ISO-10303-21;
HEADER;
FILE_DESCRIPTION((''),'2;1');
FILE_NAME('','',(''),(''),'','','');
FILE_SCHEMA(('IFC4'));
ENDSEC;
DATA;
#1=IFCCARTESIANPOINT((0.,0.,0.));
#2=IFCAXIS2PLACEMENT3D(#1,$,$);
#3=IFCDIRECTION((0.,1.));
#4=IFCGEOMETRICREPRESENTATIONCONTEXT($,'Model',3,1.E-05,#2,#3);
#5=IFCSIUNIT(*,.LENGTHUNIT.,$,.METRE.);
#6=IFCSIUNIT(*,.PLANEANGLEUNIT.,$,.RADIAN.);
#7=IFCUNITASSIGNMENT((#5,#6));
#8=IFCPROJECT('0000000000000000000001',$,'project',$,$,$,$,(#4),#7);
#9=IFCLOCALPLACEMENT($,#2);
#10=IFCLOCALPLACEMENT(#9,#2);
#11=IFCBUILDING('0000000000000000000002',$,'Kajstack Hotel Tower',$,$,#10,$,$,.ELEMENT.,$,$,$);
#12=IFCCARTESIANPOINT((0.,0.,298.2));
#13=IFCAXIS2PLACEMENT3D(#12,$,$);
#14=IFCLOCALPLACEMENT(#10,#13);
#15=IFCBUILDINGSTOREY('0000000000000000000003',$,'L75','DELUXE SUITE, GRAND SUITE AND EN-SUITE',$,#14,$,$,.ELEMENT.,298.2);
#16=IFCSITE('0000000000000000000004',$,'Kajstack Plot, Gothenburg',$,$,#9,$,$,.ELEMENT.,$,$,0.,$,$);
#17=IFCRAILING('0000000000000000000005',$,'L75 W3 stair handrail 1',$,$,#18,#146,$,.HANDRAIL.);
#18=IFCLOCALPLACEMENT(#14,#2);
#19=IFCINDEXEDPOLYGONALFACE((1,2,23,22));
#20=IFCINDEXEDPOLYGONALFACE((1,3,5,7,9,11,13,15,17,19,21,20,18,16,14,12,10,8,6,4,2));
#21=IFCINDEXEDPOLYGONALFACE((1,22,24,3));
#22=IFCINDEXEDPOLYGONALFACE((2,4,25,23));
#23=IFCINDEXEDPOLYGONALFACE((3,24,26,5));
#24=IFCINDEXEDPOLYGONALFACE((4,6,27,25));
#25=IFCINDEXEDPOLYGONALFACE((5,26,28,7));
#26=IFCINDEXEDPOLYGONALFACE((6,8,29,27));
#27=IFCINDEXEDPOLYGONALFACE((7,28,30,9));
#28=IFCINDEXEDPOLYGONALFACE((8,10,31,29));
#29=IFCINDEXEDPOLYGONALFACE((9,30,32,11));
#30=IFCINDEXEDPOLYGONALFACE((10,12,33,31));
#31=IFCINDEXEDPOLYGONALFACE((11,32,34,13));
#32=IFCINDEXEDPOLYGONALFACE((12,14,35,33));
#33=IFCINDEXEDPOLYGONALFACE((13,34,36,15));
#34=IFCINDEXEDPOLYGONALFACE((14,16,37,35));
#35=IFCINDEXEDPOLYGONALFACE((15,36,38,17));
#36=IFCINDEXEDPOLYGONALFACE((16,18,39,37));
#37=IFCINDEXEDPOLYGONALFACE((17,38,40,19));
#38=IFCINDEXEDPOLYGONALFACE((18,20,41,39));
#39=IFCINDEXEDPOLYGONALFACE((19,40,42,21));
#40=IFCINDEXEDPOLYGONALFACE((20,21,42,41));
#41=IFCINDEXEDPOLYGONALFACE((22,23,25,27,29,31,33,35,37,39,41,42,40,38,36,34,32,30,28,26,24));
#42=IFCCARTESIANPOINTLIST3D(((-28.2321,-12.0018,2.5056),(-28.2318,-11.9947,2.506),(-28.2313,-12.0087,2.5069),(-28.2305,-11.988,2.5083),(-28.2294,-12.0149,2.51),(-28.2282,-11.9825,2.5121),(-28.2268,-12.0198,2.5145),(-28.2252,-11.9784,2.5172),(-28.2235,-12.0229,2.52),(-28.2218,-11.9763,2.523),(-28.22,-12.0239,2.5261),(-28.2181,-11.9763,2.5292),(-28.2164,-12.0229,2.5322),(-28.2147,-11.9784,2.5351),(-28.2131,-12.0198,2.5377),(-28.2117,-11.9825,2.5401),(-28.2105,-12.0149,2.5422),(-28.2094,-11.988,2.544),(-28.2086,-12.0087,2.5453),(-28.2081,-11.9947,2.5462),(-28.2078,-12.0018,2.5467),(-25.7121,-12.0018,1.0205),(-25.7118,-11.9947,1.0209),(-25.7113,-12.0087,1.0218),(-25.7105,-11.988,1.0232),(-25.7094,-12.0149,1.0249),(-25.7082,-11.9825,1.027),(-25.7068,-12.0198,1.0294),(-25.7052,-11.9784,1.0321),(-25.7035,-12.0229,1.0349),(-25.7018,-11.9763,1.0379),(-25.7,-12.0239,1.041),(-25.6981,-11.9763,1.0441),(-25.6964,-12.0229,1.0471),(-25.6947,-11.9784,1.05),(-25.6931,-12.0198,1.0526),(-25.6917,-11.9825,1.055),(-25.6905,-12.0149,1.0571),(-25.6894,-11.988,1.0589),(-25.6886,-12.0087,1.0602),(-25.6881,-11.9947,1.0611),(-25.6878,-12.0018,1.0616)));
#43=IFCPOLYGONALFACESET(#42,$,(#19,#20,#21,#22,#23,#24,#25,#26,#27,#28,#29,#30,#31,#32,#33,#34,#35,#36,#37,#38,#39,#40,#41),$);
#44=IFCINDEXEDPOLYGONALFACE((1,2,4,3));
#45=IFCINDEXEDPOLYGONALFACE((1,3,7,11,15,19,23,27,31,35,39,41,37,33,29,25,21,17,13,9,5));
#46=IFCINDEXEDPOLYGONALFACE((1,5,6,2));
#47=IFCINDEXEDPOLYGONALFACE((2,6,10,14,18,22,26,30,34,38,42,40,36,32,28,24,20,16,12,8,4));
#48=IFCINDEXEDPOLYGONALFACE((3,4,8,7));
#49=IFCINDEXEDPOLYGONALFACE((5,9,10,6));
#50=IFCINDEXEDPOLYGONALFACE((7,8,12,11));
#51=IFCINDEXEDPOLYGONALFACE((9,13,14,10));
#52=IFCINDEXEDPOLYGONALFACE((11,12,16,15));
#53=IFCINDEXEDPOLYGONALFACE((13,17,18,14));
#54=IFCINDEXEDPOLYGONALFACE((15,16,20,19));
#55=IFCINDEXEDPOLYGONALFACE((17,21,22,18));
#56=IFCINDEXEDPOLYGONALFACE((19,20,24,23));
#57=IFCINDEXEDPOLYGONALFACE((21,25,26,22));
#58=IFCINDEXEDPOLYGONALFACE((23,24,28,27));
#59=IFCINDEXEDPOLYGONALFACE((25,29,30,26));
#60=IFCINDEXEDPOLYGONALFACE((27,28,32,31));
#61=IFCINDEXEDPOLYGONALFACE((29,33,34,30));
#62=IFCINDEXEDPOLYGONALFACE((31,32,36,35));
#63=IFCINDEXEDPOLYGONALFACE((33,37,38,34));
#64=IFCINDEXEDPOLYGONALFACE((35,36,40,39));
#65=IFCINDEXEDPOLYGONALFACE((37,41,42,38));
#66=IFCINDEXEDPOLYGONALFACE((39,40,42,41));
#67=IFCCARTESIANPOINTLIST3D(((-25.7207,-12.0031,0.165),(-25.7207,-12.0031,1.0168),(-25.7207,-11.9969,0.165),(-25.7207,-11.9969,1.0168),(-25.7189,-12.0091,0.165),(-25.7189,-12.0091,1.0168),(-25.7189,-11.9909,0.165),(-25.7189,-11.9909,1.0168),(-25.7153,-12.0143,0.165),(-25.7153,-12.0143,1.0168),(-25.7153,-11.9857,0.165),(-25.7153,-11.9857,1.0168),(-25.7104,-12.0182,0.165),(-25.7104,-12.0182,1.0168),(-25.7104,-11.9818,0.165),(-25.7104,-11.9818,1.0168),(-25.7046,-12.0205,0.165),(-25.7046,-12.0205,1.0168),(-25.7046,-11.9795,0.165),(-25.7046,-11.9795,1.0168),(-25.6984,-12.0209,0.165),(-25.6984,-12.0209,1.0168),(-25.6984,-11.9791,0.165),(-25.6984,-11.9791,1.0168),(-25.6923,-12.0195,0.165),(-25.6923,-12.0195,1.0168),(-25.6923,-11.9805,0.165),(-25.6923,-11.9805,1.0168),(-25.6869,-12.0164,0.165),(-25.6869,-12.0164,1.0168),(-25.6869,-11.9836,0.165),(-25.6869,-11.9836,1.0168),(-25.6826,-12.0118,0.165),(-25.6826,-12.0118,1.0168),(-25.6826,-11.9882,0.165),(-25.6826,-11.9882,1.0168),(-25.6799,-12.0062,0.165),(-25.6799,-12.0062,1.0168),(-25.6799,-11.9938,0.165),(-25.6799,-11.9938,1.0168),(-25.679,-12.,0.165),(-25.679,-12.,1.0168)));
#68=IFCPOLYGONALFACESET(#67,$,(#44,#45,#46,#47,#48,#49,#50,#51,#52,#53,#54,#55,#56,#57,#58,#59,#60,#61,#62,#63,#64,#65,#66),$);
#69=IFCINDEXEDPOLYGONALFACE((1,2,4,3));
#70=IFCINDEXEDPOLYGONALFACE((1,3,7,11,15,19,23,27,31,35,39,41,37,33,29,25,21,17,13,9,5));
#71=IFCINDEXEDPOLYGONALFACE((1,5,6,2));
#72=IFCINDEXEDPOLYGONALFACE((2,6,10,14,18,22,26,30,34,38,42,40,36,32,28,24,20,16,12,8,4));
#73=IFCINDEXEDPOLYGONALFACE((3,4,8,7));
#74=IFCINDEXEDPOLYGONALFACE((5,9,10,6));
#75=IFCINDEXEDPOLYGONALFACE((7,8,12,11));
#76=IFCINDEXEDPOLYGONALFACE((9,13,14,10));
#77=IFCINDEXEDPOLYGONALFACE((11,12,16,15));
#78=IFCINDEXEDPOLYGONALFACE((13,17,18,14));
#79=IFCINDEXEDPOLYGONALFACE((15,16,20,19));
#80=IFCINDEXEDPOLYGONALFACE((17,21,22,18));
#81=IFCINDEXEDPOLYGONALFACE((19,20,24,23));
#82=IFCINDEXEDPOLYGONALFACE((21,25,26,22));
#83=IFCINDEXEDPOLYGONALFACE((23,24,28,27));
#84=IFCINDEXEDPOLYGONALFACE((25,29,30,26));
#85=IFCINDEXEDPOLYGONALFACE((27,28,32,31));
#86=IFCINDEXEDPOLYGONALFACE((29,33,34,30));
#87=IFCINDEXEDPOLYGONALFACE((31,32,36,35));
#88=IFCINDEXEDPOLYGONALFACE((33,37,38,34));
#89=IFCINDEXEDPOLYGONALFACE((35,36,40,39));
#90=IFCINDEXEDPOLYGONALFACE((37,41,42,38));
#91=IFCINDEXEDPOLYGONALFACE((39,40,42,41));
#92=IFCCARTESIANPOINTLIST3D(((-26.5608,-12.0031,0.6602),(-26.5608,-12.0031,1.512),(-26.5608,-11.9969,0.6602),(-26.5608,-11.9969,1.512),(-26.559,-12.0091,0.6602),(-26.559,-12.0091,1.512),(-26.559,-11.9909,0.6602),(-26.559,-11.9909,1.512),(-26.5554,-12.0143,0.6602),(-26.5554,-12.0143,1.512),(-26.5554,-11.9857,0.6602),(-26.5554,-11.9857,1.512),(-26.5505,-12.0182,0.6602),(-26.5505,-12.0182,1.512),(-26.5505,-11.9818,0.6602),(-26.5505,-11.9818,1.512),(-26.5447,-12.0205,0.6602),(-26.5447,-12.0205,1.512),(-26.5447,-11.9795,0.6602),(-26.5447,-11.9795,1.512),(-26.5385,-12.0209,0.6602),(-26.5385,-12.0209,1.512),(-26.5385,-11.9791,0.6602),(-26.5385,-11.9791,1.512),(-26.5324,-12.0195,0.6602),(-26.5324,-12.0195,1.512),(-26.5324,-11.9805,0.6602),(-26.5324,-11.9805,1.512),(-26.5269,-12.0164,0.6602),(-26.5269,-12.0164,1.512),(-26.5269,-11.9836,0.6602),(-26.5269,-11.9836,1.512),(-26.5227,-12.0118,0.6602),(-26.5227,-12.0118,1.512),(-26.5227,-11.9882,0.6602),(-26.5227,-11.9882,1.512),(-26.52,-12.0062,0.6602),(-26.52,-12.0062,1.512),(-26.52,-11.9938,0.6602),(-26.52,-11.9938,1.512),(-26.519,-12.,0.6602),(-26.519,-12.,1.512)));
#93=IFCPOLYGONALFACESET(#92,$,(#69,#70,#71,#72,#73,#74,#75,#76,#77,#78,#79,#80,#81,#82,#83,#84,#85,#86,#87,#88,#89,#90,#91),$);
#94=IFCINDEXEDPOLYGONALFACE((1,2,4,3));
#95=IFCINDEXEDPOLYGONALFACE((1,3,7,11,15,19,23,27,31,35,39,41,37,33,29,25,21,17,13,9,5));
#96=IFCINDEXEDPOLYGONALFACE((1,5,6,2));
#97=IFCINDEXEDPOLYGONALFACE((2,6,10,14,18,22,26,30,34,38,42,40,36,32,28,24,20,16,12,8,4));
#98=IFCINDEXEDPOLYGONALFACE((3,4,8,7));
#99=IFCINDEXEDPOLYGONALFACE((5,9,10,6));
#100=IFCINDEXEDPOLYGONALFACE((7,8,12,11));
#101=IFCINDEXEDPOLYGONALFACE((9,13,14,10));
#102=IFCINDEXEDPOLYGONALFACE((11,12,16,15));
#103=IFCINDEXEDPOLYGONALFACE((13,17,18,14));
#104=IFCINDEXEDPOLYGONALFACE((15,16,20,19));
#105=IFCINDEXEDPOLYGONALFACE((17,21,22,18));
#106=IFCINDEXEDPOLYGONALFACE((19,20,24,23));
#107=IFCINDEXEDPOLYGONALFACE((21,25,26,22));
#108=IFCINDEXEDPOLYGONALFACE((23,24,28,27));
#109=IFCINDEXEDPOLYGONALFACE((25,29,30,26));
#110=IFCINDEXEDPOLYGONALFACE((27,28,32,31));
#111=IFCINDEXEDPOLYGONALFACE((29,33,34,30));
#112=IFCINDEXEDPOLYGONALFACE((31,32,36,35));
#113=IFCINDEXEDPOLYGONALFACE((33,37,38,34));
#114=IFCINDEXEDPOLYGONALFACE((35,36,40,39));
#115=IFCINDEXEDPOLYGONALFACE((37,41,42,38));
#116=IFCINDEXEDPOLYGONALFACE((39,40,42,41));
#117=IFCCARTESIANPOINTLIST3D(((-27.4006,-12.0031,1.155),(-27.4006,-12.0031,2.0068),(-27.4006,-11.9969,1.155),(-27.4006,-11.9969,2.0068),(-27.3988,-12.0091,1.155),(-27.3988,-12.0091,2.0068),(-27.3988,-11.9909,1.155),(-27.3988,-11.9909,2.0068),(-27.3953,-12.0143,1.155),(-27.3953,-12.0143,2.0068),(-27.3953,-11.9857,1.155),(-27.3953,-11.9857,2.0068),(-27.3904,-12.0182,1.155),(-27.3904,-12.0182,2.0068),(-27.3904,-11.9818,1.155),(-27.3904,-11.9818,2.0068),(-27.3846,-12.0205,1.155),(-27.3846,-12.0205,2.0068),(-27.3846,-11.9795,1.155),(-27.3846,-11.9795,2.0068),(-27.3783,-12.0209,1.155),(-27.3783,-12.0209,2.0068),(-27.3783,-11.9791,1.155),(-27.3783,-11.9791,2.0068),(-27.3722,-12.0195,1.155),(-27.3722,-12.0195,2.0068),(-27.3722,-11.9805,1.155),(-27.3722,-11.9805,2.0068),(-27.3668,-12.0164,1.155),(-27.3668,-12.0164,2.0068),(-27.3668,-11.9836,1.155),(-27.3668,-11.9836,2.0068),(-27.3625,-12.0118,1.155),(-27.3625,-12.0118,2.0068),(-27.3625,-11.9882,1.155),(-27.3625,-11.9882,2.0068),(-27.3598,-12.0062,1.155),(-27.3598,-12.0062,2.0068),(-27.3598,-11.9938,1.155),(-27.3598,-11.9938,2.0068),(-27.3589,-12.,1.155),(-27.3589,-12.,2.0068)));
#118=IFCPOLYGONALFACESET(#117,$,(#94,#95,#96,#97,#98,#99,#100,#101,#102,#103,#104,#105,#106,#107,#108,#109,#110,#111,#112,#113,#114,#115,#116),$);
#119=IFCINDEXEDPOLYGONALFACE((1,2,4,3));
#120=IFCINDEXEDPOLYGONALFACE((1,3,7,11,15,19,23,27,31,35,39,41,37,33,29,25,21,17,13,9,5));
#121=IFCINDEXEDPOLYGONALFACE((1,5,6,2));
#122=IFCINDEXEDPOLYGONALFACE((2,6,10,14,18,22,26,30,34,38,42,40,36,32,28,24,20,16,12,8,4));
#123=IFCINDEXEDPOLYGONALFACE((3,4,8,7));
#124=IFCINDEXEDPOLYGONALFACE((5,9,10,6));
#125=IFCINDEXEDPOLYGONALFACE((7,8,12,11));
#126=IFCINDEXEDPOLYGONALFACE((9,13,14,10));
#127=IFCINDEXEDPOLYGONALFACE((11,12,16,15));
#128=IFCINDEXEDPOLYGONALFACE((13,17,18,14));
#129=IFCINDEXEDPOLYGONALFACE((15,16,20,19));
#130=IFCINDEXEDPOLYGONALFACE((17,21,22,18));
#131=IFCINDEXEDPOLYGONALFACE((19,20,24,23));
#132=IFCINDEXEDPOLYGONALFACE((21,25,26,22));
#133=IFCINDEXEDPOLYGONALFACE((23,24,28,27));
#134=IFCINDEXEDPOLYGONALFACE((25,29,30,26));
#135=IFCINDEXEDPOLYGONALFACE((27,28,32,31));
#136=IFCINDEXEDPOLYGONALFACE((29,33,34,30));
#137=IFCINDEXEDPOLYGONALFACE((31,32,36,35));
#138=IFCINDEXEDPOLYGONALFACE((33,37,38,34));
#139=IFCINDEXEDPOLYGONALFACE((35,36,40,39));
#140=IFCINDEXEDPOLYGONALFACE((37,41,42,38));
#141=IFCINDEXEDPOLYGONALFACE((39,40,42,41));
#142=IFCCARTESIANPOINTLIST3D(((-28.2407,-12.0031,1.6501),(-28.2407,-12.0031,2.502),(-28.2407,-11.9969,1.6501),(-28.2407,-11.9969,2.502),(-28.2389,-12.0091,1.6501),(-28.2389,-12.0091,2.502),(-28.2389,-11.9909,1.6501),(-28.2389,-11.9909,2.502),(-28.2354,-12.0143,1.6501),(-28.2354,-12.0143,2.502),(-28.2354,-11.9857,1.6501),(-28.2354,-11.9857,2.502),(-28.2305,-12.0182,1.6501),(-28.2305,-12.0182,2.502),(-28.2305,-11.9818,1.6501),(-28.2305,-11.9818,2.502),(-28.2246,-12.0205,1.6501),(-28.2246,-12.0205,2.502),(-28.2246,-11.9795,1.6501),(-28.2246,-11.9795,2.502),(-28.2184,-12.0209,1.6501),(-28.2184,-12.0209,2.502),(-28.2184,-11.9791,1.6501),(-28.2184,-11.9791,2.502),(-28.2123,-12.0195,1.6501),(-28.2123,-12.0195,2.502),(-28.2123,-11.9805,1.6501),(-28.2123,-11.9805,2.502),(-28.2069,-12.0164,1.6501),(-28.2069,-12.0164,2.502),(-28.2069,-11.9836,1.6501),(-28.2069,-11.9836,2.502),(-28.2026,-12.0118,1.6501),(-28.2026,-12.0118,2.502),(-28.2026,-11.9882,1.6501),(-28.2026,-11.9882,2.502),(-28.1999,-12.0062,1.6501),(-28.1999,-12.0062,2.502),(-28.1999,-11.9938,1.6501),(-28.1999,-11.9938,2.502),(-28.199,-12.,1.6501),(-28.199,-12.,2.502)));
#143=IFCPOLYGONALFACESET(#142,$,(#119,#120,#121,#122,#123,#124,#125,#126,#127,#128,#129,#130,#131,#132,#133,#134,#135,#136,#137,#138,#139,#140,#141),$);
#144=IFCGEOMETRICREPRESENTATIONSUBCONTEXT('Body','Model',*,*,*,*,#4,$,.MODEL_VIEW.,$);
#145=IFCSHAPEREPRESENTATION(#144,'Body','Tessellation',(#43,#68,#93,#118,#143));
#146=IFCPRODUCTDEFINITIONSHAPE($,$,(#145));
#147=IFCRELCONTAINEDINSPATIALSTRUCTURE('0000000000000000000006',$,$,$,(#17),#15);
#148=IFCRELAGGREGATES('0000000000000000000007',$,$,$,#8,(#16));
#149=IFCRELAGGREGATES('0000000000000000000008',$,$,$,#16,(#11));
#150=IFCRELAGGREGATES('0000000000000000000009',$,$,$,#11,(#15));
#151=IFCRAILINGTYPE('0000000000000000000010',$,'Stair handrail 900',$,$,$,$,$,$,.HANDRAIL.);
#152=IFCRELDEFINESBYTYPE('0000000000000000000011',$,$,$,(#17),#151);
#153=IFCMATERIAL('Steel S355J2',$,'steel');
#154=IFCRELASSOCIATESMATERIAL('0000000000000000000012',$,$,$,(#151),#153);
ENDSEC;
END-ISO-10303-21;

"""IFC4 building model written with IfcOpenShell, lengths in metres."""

from ifc_helpers import new_model, si_unit, direction, frame, origin, origin_2d, place, context, subcontext, project, spatial, circle, extrude, material, type_object, element, save


model = new_model("IFC4")

# Units and contexts
model_context = context("Model", 3, precision=1e-05, world=origin(), true_north=direction((0.0, 1.0)))
body_context = subcontext(model_context, "Body", "Model", "MODEL_VIEW")
ifc_project = project(units=[si_unit("LENGTHUNIT", "METRE"), si_unit("PLANEANGLEUNIT", "RADIAN")], contexts=[model_context])

# Site, building, storey
site_placement = place(None, origin())
site = spatial("IfcSite", under=ifc_project, at=site_placement, Name="Kajstack Plot, Gothenburg", CompositionType="ELEMENT", RefElevation=0.0)
building_placement = place(site_placement, origin())
building = spatial("IfcBuilding", under=site, at=building_placement, Name="Kajstack Hotel Tower", CompositionType="ELEMENT")
storey_placement = place(building_placement, frame((0.0, 0.0, 298.2)))
storey = spatial("IfcBuildingStorey", under=building, at=storey_placement, Name="L75", Description="DELUXE SUITE, GRAND SUITE AND EN-SUITE", CompositionType="ELEMENT", Elevation=298.2)

# Railing
ifc_material_1 = material(Name="Steel S355J2", Category="steel")
railing_type_1 = type_object("IfcRailingType", Name="Stair handrail 900", PredefinedType="HANDRAIL", material=ifc_material_1)
railing_1_placement = place(storey_placement, frame((-25.7, -12.0, 0.165)))
element("IfcRailing", 1, at=railing_1_placement, inside=storey, type_object=railing_type_1, Name="L75 W3 stair handrail 1", PredefinedType="HANDRAIL", context=body_context, shape_type="SweptSolid", body=[
    extrude(circle(Radius=0.0239, at=origin_2d()), frame((0.0, 0.0, 0.876), z_axis=(-0.861524, 0.0, 0.507717), x_axis=(0.0, -1.0, 0.0)), (0.0, 0.0, 1.0), 2.925),
    extrude(circle(Radius=0.021, at=origin_2d()), origin(), (0.0, 0.0, 1.0), 0.8518),
    extrude(circle(Radius=0.021, at=origin_2d()), frame((-0.8401, 0.0, 0.4951)), (0.0, 0.0, 1.0), 0.8518),
    extrude(circle(Radius=0.021, at=origin_2d()), frame((-1.6799, 0.0, 0.99)), (0.0, 0.0, 1.0), 0.8518),
    extrude(circle(Radius=0.021, at=origin_2d()), frame((-2.52, 0.0, 1.4851)), (0.0, 0.0, 1.0), 0.8518),
])

save(model, "model.ifc")
